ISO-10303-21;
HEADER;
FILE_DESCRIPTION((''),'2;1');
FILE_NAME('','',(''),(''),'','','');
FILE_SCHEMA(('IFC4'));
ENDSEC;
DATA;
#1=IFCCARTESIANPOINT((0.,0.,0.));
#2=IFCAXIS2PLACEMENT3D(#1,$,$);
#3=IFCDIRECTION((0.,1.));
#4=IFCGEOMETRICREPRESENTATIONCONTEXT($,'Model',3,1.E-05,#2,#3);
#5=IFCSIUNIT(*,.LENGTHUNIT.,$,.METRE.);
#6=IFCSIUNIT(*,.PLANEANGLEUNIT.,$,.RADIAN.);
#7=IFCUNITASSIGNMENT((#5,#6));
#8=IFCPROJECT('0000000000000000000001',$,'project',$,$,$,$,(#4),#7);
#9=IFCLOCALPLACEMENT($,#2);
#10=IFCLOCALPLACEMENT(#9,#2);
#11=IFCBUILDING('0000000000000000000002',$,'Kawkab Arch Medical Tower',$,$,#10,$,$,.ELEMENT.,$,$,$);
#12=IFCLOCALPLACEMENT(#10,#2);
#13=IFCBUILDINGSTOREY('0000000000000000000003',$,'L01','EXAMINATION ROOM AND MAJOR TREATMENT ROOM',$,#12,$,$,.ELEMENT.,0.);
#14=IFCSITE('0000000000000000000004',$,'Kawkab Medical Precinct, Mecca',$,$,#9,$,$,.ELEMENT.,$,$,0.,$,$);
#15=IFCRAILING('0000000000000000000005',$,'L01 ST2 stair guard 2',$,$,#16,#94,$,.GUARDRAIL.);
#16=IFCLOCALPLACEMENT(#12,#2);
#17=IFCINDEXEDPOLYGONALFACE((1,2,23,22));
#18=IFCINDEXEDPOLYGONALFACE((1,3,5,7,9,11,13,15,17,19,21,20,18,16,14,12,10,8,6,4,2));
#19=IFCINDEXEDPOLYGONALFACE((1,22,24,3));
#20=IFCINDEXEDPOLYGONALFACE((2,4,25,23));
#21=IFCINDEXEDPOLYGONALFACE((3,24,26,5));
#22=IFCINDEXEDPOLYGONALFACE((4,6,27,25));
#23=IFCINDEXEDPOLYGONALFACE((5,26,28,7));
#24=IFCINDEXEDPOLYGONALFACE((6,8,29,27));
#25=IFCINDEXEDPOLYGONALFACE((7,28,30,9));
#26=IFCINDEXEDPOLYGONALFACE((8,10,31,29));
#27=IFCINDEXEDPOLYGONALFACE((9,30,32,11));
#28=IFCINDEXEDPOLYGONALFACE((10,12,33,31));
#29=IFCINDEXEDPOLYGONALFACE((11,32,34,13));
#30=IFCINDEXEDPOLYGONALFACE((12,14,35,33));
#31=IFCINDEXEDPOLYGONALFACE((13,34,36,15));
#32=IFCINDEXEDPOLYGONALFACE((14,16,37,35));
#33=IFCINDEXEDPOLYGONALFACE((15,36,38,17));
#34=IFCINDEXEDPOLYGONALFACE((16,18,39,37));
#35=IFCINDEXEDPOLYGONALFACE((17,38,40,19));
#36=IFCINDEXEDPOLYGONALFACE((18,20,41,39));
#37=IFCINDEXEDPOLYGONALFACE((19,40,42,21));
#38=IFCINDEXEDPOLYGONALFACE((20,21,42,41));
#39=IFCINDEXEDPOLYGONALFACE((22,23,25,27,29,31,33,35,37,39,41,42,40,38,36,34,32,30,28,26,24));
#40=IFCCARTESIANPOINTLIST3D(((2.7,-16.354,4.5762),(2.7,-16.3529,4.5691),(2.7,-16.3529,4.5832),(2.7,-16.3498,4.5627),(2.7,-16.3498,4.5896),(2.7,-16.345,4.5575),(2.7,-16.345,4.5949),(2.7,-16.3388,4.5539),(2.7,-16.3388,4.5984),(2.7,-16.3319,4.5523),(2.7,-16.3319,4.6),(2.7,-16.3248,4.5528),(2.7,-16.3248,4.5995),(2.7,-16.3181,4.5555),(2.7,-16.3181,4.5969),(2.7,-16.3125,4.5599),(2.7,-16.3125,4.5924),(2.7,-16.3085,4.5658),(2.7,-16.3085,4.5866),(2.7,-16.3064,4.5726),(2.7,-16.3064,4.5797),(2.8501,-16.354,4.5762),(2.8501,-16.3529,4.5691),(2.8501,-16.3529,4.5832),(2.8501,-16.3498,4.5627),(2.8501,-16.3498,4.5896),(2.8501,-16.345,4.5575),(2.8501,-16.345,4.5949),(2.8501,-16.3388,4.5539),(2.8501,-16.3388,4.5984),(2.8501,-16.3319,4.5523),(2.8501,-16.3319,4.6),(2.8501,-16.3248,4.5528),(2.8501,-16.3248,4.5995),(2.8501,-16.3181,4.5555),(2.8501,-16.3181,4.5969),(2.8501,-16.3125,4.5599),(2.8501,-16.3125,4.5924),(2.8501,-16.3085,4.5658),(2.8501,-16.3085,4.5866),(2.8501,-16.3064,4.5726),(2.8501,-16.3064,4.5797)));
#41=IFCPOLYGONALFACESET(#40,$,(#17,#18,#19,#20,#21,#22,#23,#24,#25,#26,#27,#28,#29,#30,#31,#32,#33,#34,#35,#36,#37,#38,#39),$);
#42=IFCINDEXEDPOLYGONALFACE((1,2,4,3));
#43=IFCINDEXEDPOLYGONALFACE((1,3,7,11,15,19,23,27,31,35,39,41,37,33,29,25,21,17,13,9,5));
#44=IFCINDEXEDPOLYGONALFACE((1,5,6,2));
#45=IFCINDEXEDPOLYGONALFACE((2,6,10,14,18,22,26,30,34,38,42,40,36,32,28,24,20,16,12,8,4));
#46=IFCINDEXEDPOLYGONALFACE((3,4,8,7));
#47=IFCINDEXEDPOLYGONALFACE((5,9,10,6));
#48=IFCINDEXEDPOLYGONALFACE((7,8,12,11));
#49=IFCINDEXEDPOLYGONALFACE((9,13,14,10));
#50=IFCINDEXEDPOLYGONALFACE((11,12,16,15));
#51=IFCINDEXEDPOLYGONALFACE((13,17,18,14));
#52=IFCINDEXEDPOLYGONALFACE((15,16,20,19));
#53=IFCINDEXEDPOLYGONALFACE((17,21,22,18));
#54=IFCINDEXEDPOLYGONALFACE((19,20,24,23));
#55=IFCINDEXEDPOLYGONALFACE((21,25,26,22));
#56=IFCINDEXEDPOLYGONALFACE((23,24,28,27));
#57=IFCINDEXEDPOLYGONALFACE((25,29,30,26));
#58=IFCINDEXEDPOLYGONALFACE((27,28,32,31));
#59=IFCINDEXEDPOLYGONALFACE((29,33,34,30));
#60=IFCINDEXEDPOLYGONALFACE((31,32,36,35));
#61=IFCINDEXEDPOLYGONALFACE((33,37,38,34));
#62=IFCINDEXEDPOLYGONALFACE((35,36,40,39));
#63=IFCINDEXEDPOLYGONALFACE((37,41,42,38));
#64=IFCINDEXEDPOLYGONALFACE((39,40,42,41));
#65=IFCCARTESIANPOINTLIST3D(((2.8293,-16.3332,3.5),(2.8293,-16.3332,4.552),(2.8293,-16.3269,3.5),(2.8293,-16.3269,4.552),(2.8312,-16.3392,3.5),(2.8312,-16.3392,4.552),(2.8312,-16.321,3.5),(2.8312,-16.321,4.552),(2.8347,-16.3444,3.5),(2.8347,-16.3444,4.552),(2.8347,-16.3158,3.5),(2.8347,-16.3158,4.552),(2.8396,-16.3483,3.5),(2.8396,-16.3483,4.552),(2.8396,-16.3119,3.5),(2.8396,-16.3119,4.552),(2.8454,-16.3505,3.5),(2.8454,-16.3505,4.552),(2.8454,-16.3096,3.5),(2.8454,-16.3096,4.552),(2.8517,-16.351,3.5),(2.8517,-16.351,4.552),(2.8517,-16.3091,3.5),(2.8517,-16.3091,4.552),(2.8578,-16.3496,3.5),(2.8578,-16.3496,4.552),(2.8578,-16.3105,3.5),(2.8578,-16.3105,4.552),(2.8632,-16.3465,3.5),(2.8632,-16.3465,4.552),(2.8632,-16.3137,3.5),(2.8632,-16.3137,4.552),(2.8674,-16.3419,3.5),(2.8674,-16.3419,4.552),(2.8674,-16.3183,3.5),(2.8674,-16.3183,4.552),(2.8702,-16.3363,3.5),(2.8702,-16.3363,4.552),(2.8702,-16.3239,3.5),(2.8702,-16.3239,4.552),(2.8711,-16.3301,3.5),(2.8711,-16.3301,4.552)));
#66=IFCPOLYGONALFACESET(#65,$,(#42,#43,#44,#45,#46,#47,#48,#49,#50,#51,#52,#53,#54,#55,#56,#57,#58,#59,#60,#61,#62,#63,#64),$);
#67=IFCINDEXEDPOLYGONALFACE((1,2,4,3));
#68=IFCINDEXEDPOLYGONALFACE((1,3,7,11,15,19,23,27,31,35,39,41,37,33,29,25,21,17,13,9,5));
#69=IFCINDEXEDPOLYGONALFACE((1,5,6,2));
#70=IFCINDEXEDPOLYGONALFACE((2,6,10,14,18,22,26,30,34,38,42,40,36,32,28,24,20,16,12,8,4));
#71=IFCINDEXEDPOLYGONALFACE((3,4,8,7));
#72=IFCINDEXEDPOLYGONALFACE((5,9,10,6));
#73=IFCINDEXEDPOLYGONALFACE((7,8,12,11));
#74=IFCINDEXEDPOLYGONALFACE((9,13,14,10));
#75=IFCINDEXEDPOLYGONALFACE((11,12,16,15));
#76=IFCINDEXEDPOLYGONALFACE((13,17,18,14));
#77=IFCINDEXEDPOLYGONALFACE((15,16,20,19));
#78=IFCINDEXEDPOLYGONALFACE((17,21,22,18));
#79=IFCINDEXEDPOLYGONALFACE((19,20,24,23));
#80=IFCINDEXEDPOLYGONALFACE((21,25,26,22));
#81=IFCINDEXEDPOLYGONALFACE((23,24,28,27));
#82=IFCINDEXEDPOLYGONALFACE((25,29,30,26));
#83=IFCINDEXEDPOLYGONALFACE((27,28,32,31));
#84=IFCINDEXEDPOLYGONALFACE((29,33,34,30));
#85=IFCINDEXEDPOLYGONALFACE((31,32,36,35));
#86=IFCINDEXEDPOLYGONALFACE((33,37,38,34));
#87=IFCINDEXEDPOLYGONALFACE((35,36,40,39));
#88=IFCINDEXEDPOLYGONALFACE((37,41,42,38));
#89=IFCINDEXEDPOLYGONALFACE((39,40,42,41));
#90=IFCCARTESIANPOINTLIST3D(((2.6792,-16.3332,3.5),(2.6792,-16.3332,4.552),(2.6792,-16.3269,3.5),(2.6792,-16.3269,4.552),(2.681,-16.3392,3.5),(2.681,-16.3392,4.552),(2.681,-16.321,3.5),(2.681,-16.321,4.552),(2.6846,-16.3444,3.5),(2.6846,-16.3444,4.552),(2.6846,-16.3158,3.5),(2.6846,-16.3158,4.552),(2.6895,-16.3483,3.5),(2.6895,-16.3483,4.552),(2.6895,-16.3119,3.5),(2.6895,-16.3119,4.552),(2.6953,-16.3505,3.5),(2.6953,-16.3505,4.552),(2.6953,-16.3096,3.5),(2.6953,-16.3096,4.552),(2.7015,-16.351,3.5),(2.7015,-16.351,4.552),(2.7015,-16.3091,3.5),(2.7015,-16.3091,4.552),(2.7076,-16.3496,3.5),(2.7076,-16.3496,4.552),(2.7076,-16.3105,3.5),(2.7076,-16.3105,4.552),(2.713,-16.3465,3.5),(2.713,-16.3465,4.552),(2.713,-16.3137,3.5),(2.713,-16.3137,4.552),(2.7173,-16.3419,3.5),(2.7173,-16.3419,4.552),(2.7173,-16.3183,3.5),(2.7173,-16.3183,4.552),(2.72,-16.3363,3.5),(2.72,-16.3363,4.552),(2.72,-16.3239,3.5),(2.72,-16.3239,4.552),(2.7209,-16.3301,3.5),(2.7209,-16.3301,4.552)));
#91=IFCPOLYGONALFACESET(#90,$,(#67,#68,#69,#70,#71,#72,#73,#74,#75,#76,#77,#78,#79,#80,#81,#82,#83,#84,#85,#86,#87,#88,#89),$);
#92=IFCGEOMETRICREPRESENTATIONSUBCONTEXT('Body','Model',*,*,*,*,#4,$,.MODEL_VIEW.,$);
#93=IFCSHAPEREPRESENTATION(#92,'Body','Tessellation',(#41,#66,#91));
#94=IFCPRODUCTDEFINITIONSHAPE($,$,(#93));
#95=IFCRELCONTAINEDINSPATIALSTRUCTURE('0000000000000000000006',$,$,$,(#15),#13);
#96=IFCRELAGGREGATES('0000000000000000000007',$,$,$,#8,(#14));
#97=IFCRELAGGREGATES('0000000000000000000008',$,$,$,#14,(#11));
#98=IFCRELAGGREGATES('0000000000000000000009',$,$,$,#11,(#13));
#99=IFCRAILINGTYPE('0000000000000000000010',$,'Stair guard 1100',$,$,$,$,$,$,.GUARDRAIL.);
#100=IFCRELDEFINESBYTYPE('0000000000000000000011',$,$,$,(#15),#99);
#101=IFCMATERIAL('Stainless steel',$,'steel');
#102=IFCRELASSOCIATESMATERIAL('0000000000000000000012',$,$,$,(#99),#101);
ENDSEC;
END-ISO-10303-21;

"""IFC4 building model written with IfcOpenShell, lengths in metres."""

from ifc_helpers import new_model, si_unit, direction, frame, origin, origin_2d, place, context, subcontext, project, spatial, circle, extrude, material, type_object, element, save


model = new_model("IFC4")

# Units and contexts
model_context = context("Model", 3, precision=1e-05, world=origin(), true_north=direction((0.0, 1.0)))
body_context = subcontext(model_context, "Body", "Model", "MODEL_VIEW")
ifc_project = project(units=[si_unit("LENGTHUNIT", "METRE"), si_unit("PLANEANGLEUNIT", "RADIAN")], contexts=[model_context])

# Site, building, storey
site_placement = place(None, origin())
site = spatial("IfcSite", under=ifc_project, at=site_placement, Name="Kawkab Medical Precinct, Mecca", CompositionType="ELEMENT", RefElevation=0.0)
building_placement = place(site_placement, origin())
building = spatial("IfcBuilding", under=site, at=building_placement, Name="Kawkab Arch Medical Tower", CompositionType="ELEMENT")
storey_placement = place(building_placement, origin())
storey = spatial("IfcBuildingStorey", under=building, at=storey_placement, Name="L01", Description="EXAMINATION ROOM AND MAJOR TREATMENT ROOM", CompositionType="ELEMENT", Elevation=0.0)

# Railing
ifc_material_1 = material(Name="Stainless steel", Category="steel")
railing_type = type_object("IfcRailingType", Name="Stair guard 1100", PredefinedType="GUARDRAIL", material=ifc_material_1)
railing_1_placement = place(storey_placement, frame((2.8501, -16.3301, 3.5)))
element("IfcRailing", 1, at=railing_1_placement, inside=storey, type_object=railing_type, Name="L01 ST2 stair guard 2", PredefinedType="GUARDRAIL", context=body_context, shape_type="SweptSolid", body=[
    extrude(circle(Radius=0.0239, at=origin_2d()), frame((0.0, 0.0, 1.0762), z_axis=(-1.0, 0.0, 0.0), x_axis=(0.0, -1.0, 0.0)), (0.0, 0.0, 1.0), 0.1501),
    extrude(circle(Radius=0.021, at=origin_2d()), origin(), (0.0, 0.0, 1.0), 1.052),
    extrude(circle(Radius=0.021, at=origin_2d()), frame((-0.1501, 0.0, 0.0)), (0.0, 0.0, 1.0), 1.052),
])

save(model, "model.ifc")
